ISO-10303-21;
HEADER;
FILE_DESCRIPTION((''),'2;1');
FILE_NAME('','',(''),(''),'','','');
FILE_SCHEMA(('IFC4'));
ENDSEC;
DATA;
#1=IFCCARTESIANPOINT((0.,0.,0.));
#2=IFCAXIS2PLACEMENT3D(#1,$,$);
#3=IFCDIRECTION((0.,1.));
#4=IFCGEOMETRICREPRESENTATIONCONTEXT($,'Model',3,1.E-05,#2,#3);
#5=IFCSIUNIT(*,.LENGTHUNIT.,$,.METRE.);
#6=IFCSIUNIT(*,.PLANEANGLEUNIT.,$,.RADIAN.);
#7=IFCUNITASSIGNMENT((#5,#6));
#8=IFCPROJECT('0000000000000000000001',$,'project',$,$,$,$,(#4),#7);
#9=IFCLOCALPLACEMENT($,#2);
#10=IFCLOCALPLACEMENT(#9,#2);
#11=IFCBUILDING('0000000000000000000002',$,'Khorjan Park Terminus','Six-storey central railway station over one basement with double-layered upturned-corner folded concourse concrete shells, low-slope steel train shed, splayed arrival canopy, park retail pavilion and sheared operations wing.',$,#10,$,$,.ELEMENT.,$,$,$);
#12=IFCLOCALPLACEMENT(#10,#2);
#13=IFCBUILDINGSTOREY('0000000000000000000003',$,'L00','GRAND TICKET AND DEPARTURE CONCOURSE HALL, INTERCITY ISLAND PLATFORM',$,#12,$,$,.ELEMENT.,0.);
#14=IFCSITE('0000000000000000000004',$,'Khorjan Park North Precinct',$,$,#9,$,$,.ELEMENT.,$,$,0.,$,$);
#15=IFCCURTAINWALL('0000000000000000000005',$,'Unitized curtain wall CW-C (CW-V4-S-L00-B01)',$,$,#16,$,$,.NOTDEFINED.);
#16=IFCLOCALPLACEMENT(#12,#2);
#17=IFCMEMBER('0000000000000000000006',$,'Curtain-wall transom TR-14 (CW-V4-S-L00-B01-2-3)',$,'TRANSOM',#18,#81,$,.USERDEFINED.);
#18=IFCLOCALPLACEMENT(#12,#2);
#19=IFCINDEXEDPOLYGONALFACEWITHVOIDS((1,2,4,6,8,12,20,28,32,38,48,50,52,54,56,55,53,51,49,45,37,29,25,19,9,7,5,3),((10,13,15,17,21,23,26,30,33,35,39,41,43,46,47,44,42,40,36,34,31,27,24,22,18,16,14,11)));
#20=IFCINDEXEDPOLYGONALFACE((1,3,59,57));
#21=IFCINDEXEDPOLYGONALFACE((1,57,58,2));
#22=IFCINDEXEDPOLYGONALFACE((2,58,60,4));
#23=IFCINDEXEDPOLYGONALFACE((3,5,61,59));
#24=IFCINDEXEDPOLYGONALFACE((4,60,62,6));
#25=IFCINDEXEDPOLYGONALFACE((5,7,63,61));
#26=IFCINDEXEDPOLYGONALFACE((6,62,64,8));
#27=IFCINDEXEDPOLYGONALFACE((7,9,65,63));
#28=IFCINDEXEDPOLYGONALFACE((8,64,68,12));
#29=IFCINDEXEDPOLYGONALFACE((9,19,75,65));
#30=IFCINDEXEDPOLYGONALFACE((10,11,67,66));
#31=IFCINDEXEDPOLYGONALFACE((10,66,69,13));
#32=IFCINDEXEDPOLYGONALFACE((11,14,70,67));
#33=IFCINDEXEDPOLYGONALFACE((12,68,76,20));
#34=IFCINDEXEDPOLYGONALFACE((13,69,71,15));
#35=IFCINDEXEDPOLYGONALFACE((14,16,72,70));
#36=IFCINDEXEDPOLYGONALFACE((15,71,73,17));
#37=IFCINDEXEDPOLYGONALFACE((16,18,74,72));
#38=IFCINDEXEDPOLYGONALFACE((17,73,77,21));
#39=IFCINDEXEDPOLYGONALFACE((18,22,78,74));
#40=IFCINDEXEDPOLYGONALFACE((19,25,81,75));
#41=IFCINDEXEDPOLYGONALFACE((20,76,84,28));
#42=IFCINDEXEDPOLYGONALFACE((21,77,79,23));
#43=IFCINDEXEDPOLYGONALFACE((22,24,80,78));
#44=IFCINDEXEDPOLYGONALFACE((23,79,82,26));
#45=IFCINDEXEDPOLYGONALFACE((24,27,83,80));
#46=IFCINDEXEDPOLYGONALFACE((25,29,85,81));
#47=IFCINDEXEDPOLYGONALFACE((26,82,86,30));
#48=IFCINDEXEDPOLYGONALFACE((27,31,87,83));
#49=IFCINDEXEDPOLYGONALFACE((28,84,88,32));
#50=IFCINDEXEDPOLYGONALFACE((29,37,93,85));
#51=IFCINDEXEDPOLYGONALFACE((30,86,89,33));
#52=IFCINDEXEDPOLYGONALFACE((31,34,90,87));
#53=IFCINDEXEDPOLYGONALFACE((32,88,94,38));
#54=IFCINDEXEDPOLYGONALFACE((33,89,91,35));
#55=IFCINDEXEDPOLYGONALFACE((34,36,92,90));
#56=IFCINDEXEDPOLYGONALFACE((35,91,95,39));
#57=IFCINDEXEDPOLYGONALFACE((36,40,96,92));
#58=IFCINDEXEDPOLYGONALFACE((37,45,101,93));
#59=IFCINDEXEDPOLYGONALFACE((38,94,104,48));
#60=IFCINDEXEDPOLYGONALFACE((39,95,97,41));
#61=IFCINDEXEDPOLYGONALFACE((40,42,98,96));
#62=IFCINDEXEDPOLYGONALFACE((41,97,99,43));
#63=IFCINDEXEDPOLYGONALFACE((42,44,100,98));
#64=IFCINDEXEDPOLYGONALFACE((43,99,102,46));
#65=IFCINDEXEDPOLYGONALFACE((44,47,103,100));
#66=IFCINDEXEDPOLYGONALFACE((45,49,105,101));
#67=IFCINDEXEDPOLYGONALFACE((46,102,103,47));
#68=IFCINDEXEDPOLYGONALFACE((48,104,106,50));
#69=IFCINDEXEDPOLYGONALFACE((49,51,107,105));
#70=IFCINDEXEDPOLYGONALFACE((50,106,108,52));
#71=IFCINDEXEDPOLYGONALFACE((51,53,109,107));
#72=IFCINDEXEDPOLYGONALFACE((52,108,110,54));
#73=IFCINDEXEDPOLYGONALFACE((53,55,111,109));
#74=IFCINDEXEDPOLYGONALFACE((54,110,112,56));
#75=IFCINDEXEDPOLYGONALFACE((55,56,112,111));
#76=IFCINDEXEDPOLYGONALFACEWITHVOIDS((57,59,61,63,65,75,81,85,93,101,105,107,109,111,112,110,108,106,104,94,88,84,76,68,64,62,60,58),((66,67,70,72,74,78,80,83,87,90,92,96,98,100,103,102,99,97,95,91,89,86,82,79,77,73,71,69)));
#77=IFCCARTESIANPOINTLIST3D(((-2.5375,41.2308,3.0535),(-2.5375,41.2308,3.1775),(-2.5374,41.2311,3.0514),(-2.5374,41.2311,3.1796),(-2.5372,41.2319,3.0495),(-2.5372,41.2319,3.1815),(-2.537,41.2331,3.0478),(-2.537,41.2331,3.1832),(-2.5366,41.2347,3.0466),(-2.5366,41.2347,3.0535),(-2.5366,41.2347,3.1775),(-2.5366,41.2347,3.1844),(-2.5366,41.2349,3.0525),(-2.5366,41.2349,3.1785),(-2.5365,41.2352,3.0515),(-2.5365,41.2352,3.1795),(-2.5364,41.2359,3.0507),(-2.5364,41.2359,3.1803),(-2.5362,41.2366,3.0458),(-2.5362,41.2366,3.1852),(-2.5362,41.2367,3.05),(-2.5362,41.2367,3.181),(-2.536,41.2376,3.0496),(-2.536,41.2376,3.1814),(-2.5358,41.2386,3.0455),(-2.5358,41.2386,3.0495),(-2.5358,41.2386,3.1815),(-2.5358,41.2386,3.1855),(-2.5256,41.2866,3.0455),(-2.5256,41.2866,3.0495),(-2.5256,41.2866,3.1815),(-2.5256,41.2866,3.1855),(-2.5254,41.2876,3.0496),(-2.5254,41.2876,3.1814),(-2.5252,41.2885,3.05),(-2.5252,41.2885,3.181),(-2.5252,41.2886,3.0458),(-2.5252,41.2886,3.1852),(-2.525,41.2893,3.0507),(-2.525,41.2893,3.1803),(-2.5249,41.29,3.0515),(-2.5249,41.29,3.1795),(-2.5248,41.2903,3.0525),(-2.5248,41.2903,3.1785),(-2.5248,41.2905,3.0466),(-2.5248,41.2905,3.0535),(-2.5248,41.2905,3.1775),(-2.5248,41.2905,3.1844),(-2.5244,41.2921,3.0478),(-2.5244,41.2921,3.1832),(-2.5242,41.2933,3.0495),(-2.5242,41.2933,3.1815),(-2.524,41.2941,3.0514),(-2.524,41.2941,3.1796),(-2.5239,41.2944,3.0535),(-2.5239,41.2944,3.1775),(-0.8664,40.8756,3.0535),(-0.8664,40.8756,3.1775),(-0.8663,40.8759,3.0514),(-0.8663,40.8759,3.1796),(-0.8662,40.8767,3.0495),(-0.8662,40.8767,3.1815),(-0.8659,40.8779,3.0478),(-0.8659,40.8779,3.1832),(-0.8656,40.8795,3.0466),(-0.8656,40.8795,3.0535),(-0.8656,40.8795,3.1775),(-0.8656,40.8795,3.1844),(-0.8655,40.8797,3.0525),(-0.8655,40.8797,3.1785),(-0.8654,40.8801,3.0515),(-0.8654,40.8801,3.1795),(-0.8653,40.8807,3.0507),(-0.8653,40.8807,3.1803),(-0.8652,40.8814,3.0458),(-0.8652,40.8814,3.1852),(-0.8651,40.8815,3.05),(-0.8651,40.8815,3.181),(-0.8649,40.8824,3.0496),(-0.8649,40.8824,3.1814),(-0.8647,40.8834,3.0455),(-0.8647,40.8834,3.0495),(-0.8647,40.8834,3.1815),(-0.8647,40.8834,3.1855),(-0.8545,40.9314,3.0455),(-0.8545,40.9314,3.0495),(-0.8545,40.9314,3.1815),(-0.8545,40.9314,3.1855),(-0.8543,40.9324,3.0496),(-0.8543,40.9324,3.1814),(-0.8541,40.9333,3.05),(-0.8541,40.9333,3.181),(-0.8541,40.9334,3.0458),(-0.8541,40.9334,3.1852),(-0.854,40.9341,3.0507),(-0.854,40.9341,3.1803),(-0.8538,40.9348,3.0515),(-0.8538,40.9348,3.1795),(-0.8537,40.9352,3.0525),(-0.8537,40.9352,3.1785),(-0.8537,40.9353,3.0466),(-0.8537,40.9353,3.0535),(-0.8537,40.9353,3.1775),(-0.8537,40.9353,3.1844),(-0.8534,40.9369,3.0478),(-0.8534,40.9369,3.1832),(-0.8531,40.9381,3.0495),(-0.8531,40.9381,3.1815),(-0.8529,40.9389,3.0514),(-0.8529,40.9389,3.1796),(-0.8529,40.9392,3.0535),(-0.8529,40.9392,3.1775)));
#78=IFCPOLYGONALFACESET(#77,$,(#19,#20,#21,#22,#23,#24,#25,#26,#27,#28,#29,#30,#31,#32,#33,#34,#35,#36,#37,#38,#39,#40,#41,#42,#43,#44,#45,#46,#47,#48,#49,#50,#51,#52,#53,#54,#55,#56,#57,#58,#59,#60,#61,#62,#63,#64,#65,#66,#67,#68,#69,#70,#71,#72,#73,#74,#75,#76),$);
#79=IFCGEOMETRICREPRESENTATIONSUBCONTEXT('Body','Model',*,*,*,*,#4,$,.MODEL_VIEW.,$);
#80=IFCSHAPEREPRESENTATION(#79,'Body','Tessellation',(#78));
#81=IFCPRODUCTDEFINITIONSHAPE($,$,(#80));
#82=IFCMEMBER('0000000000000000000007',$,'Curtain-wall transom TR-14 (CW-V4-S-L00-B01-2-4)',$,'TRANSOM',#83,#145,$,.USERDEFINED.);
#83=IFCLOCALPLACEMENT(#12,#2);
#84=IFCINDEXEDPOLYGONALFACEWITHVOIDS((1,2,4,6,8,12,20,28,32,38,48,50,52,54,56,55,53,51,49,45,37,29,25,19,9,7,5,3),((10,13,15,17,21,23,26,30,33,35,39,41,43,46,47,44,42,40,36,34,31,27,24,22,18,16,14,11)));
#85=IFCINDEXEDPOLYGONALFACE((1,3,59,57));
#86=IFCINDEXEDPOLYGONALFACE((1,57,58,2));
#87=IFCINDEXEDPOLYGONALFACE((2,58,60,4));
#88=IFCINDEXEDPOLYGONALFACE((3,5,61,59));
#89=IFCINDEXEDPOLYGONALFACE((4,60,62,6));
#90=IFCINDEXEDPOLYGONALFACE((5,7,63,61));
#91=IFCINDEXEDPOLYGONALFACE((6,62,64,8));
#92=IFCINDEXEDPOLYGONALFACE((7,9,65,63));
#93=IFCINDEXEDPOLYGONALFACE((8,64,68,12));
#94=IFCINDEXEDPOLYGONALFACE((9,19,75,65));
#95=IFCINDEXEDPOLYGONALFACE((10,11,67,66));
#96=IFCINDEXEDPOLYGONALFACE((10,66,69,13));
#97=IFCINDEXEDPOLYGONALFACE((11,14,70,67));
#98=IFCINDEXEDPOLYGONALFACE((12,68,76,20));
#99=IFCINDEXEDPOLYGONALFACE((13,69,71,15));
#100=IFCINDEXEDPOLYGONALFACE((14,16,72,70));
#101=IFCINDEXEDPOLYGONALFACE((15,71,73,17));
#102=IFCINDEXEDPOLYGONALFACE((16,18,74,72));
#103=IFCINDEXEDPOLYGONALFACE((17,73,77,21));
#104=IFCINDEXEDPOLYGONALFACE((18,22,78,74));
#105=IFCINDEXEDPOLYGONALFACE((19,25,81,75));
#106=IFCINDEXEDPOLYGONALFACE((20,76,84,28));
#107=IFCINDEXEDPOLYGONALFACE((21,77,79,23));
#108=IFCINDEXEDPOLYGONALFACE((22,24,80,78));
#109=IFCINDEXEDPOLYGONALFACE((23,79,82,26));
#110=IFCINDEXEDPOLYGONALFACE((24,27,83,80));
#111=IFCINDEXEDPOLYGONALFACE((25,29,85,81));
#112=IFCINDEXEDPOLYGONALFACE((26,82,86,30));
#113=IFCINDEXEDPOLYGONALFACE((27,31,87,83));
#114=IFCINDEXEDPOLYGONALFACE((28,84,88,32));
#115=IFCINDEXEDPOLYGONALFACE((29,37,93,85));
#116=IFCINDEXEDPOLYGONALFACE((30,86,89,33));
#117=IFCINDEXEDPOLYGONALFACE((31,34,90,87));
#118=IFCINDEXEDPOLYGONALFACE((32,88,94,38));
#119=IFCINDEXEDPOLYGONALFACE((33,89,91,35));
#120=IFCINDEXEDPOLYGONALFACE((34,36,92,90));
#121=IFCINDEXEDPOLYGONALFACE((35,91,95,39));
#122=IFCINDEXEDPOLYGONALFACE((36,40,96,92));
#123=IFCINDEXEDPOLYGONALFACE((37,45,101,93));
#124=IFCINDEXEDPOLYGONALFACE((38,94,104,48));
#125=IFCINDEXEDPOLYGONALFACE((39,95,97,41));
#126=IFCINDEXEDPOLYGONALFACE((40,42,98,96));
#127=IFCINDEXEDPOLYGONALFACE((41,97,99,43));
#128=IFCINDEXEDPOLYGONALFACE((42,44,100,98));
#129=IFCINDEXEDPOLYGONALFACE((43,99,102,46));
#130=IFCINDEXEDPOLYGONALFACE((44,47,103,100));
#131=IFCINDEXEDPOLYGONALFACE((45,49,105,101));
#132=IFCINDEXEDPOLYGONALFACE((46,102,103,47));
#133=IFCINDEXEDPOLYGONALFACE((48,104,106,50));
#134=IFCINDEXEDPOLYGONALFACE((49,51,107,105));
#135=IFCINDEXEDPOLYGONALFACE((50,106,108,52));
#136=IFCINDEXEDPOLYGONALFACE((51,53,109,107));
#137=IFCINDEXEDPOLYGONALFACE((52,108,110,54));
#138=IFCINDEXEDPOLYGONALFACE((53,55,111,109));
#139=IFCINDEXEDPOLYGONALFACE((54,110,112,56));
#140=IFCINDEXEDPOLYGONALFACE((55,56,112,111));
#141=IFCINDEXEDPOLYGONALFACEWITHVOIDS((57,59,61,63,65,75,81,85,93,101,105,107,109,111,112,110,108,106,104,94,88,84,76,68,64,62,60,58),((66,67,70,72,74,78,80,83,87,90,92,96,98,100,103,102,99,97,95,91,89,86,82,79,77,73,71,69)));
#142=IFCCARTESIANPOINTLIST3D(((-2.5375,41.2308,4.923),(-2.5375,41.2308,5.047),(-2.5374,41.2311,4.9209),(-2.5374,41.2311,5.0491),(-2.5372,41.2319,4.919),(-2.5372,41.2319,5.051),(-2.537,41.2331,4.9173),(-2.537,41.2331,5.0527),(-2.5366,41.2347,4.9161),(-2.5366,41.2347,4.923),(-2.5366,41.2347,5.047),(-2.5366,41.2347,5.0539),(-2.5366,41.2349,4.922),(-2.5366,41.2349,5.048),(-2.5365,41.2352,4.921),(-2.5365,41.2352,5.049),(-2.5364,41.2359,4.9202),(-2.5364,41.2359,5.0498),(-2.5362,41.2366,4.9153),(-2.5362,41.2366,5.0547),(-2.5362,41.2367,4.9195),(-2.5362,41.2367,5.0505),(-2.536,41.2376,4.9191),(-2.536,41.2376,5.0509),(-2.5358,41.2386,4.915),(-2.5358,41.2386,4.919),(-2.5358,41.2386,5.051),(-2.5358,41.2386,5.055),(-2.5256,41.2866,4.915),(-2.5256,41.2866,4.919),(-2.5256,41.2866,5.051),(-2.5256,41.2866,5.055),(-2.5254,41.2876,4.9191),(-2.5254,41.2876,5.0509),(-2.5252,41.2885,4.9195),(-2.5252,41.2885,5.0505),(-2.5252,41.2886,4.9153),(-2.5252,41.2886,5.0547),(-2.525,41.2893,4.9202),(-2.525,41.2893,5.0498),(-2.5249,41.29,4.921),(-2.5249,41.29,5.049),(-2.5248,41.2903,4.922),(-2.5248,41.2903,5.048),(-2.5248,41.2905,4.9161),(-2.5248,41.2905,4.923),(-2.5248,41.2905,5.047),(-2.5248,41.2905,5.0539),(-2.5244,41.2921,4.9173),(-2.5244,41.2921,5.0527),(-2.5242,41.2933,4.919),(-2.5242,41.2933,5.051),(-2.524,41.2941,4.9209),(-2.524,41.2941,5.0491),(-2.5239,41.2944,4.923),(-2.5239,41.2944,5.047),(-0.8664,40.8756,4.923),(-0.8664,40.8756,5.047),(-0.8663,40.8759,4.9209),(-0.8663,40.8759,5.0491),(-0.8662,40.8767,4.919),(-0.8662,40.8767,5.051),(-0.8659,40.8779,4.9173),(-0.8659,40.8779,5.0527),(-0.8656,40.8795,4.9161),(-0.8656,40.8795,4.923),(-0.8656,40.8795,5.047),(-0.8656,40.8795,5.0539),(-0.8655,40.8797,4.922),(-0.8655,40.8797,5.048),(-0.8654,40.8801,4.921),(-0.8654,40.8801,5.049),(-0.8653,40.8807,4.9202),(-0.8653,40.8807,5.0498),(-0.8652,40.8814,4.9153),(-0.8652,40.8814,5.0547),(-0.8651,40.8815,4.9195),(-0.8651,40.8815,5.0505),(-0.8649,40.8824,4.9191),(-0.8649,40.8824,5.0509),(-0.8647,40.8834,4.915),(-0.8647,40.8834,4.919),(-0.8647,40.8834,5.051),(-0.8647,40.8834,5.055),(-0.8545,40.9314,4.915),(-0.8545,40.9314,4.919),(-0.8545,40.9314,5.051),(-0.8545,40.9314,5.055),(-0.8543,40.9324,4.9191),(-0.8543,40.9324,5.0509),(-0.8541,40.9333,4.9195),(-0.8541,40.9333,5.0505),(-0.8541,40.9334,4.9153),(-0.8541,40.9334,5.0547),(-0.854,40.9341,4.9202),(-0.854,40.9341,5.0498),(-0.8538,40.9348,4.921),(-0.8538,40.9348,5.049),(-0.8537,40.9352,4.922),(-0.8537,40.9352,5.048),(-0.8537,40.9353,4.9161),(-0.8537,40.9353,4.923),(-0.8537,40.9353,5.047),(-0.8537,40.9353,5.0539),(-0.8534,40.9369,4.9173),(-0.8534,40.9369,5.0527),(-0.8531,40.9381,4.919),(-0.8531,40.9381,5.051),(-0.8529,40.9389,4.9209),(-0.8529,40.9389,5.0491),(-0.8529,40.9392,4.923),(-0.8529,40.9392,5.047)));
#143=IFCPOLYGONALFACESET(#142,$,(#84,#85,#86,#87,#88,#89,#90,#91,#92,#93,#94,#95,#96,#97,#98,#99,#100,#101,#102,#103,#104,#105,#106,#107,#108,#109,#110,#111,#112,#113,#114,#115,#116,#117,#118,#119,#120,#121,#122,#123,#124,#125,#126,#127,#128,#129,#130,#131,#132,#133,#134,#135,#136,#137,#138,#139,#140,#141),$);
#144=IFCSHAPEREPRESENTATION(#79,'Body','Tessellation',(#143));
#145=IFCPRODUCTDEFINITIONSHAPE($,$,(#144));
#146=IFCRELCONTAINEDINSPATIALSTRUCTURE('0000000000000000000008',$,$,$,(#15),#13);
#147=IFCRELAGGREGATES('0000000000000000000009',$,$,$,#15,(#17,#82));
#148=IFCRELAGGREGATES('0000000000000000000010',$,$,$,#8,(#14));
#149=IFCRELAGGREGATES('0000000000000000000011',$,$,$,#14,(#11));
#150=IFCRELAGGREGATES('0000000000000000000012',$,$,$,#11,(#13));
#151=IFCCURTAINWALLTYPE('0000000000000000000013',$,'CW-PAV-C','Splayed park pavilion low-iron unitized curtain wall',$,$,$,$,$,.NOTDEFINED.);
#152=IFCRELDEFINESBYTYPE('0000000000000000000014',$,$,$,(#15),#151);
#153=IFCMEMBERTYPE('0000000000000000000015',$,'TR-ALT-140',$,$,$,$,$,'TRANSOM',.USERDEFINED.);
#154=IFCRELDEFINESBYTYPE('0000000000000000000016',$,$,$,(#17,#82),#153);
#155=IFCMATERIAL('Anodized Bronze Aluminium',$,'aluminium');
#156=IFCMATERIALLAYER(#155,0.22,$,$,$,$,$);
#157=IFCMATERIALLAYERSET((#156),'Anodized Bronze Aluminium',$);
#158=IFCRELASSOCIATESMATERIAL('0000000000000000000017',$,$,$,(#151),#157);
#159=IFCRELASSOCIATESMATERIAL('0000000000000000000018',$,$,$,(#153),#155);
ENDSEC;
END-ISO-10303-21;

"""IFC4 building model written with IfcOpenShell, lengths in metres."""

from ifc_helpers import new_model, si_unit, direction, frame, origin, origin_2d, place, context, subcontext, project, spatial, hollow_rectangle, extrude, material, layer, layer_set, material_profile, profile_set, type_object, element, aggregate, save


model = new_model("IFC4")

# Units and contexts
model_context = context("Model", 3, precision=1e-05, world=origin(), true_north=direction((0.0, 1.0)))
body_context = subcontext(model_context, "Body", "Model", "MODEL_VIEW")
ifc_project = project(units=[si_unit("LENGTHUNIT", "METRE"), si_unit("PLANEANGLEUNIT", "RADIAN")], contexts=[model_context])

# Site, building, storey
site_placement = place(None, origin())
site = spatial("IfcSite", under=ifc_project, at=site_placement, Name="Khorjan Park North Precinct", CompositionType="ELEMENT", RefElevation=0.0)
building_placement = place(site_placement, origin())
building = spatial("IfcBuilding", under=site, at=building_placement, Name="Khorjan Park Terminus", Description="Six-storey central railway station over one basement with double-layered upturned-corner folded concourse concrete shells, low-slope steel train shed, splayed arrival canopy, park retail pavilion and sheared operations wing.", CompositionType="ELEMENT")
storey_placement = place(building_placement, origin())
storey = spatial("IfcBuildingStorey", under=building, at=storey_placement, Name="L00", Description="GRAND TICKET AND DEPARTURE CONCOURSE HALL, INTERCITY ISLAND PLATFORM", CompositionType="ELEMENT", Elevation=0.0)

# Curtain wall, members
ifc_material_1 = material(Name="Anodized Bronze Aluminium", Category="aluminium")
ifc_layer_1 = layer(ifc_material_1, 0.22)
ifc_layer_set_1 = layer_set([ifc_layer_1], Name="Anodized Bronze Aluminium")
curtain_wall_type = type_object("IfcCurtainWallType", Name="CW-PAV-C", Description="Splayed park pavilion low-iron unitized curtain wall", PredefinedType="NOTDEFINED", material=ifc_layer_set_1)
curtain_wall_placement = place(storey_placement, origin())
curtain_wall = element("IfcCurtainWall", 1, at=curtain_wall_placement, inside=storey, type_object=curtain_wall_type, Name="Unitized curtain wall CW-C (CW-V4-S-L00-B01)", PredefinedType="NOTDEFINED")
ifc_material_profile_1 = material_profile(ifc_material_1, hollow_rectangle(XDim=0.065, YDim=0.14, WallThickness=0.004, InnerFilletRadius=0.004, OuterFilletRadius=0.008, at=origin_2d()), Name="ALT 65x140x4")
ifc_profile_set_1 = profile_set([ifc_material_profile_1], Name="Anodized Bronze Aluminium")
member_type_1 = type_object("IfcMemberType", Name="TR-ALT-140", ElementType="TRANSOM", PredefinedType="USERDEFINED", material=ifc_profile_set_1)
member_1_placement = place(storey_placement, frame((-2.5307, 41.2626, 3.1155), z_axis=(0.978148, -0.20791, 0.0), x_axis=(0.20791, 0.978148, 0.0)))
member_1 = element("IfcMember", 2, at=member_1_placement, type_object=member_type_1, Name="Curtain-wall transom TR-14 (CW-V4-S-L00-B01-2-3)", ObjectType="TRANSOM", PredefinedType="USERDEFINED", context=body_context, shape_type="SweptSolid", body=[
    extrude(hollow_rectangle(XDim=0.065, YDim=0.14, WallThickness=0.004, InnerFilletRadius=0.004, OuterFilletRadius=0.008, at=origin_2d()), origin(), (0.0, 0.0, 1.0), 1.7084),
])
member_2_placement = place(storey_placement, frame((-2.5307, 41.2626, 4.985), z_axis=(0.978148, -0.20791, 0.0), x_axis=(0.20791, 0.978148, 0.0)))
member_2 = element("IfcMember", 3, at=member_2_placement, type_object=member_type_1, Name="Curtain-wall transom TR-14 (CW-V4-S-L00-B01-2-4)", ObjectType="TRANSOM", PredefinedType="USERDEFINED", context=body_context, shape_type="SweptSolid", body=[
    extrude(hollow_rectangle(XDim=0.065, YDim=0.14, WallThickness=0.004, InnerFilletRadius=0.004, OuterFilletRadius=0.008, at=origin_2d()), origin(), (0.0, 0.0, 1.0), 1.7084),
])
aggregate(curtain_wall, [member_1, member_2])

save(model, "model.ifc")
